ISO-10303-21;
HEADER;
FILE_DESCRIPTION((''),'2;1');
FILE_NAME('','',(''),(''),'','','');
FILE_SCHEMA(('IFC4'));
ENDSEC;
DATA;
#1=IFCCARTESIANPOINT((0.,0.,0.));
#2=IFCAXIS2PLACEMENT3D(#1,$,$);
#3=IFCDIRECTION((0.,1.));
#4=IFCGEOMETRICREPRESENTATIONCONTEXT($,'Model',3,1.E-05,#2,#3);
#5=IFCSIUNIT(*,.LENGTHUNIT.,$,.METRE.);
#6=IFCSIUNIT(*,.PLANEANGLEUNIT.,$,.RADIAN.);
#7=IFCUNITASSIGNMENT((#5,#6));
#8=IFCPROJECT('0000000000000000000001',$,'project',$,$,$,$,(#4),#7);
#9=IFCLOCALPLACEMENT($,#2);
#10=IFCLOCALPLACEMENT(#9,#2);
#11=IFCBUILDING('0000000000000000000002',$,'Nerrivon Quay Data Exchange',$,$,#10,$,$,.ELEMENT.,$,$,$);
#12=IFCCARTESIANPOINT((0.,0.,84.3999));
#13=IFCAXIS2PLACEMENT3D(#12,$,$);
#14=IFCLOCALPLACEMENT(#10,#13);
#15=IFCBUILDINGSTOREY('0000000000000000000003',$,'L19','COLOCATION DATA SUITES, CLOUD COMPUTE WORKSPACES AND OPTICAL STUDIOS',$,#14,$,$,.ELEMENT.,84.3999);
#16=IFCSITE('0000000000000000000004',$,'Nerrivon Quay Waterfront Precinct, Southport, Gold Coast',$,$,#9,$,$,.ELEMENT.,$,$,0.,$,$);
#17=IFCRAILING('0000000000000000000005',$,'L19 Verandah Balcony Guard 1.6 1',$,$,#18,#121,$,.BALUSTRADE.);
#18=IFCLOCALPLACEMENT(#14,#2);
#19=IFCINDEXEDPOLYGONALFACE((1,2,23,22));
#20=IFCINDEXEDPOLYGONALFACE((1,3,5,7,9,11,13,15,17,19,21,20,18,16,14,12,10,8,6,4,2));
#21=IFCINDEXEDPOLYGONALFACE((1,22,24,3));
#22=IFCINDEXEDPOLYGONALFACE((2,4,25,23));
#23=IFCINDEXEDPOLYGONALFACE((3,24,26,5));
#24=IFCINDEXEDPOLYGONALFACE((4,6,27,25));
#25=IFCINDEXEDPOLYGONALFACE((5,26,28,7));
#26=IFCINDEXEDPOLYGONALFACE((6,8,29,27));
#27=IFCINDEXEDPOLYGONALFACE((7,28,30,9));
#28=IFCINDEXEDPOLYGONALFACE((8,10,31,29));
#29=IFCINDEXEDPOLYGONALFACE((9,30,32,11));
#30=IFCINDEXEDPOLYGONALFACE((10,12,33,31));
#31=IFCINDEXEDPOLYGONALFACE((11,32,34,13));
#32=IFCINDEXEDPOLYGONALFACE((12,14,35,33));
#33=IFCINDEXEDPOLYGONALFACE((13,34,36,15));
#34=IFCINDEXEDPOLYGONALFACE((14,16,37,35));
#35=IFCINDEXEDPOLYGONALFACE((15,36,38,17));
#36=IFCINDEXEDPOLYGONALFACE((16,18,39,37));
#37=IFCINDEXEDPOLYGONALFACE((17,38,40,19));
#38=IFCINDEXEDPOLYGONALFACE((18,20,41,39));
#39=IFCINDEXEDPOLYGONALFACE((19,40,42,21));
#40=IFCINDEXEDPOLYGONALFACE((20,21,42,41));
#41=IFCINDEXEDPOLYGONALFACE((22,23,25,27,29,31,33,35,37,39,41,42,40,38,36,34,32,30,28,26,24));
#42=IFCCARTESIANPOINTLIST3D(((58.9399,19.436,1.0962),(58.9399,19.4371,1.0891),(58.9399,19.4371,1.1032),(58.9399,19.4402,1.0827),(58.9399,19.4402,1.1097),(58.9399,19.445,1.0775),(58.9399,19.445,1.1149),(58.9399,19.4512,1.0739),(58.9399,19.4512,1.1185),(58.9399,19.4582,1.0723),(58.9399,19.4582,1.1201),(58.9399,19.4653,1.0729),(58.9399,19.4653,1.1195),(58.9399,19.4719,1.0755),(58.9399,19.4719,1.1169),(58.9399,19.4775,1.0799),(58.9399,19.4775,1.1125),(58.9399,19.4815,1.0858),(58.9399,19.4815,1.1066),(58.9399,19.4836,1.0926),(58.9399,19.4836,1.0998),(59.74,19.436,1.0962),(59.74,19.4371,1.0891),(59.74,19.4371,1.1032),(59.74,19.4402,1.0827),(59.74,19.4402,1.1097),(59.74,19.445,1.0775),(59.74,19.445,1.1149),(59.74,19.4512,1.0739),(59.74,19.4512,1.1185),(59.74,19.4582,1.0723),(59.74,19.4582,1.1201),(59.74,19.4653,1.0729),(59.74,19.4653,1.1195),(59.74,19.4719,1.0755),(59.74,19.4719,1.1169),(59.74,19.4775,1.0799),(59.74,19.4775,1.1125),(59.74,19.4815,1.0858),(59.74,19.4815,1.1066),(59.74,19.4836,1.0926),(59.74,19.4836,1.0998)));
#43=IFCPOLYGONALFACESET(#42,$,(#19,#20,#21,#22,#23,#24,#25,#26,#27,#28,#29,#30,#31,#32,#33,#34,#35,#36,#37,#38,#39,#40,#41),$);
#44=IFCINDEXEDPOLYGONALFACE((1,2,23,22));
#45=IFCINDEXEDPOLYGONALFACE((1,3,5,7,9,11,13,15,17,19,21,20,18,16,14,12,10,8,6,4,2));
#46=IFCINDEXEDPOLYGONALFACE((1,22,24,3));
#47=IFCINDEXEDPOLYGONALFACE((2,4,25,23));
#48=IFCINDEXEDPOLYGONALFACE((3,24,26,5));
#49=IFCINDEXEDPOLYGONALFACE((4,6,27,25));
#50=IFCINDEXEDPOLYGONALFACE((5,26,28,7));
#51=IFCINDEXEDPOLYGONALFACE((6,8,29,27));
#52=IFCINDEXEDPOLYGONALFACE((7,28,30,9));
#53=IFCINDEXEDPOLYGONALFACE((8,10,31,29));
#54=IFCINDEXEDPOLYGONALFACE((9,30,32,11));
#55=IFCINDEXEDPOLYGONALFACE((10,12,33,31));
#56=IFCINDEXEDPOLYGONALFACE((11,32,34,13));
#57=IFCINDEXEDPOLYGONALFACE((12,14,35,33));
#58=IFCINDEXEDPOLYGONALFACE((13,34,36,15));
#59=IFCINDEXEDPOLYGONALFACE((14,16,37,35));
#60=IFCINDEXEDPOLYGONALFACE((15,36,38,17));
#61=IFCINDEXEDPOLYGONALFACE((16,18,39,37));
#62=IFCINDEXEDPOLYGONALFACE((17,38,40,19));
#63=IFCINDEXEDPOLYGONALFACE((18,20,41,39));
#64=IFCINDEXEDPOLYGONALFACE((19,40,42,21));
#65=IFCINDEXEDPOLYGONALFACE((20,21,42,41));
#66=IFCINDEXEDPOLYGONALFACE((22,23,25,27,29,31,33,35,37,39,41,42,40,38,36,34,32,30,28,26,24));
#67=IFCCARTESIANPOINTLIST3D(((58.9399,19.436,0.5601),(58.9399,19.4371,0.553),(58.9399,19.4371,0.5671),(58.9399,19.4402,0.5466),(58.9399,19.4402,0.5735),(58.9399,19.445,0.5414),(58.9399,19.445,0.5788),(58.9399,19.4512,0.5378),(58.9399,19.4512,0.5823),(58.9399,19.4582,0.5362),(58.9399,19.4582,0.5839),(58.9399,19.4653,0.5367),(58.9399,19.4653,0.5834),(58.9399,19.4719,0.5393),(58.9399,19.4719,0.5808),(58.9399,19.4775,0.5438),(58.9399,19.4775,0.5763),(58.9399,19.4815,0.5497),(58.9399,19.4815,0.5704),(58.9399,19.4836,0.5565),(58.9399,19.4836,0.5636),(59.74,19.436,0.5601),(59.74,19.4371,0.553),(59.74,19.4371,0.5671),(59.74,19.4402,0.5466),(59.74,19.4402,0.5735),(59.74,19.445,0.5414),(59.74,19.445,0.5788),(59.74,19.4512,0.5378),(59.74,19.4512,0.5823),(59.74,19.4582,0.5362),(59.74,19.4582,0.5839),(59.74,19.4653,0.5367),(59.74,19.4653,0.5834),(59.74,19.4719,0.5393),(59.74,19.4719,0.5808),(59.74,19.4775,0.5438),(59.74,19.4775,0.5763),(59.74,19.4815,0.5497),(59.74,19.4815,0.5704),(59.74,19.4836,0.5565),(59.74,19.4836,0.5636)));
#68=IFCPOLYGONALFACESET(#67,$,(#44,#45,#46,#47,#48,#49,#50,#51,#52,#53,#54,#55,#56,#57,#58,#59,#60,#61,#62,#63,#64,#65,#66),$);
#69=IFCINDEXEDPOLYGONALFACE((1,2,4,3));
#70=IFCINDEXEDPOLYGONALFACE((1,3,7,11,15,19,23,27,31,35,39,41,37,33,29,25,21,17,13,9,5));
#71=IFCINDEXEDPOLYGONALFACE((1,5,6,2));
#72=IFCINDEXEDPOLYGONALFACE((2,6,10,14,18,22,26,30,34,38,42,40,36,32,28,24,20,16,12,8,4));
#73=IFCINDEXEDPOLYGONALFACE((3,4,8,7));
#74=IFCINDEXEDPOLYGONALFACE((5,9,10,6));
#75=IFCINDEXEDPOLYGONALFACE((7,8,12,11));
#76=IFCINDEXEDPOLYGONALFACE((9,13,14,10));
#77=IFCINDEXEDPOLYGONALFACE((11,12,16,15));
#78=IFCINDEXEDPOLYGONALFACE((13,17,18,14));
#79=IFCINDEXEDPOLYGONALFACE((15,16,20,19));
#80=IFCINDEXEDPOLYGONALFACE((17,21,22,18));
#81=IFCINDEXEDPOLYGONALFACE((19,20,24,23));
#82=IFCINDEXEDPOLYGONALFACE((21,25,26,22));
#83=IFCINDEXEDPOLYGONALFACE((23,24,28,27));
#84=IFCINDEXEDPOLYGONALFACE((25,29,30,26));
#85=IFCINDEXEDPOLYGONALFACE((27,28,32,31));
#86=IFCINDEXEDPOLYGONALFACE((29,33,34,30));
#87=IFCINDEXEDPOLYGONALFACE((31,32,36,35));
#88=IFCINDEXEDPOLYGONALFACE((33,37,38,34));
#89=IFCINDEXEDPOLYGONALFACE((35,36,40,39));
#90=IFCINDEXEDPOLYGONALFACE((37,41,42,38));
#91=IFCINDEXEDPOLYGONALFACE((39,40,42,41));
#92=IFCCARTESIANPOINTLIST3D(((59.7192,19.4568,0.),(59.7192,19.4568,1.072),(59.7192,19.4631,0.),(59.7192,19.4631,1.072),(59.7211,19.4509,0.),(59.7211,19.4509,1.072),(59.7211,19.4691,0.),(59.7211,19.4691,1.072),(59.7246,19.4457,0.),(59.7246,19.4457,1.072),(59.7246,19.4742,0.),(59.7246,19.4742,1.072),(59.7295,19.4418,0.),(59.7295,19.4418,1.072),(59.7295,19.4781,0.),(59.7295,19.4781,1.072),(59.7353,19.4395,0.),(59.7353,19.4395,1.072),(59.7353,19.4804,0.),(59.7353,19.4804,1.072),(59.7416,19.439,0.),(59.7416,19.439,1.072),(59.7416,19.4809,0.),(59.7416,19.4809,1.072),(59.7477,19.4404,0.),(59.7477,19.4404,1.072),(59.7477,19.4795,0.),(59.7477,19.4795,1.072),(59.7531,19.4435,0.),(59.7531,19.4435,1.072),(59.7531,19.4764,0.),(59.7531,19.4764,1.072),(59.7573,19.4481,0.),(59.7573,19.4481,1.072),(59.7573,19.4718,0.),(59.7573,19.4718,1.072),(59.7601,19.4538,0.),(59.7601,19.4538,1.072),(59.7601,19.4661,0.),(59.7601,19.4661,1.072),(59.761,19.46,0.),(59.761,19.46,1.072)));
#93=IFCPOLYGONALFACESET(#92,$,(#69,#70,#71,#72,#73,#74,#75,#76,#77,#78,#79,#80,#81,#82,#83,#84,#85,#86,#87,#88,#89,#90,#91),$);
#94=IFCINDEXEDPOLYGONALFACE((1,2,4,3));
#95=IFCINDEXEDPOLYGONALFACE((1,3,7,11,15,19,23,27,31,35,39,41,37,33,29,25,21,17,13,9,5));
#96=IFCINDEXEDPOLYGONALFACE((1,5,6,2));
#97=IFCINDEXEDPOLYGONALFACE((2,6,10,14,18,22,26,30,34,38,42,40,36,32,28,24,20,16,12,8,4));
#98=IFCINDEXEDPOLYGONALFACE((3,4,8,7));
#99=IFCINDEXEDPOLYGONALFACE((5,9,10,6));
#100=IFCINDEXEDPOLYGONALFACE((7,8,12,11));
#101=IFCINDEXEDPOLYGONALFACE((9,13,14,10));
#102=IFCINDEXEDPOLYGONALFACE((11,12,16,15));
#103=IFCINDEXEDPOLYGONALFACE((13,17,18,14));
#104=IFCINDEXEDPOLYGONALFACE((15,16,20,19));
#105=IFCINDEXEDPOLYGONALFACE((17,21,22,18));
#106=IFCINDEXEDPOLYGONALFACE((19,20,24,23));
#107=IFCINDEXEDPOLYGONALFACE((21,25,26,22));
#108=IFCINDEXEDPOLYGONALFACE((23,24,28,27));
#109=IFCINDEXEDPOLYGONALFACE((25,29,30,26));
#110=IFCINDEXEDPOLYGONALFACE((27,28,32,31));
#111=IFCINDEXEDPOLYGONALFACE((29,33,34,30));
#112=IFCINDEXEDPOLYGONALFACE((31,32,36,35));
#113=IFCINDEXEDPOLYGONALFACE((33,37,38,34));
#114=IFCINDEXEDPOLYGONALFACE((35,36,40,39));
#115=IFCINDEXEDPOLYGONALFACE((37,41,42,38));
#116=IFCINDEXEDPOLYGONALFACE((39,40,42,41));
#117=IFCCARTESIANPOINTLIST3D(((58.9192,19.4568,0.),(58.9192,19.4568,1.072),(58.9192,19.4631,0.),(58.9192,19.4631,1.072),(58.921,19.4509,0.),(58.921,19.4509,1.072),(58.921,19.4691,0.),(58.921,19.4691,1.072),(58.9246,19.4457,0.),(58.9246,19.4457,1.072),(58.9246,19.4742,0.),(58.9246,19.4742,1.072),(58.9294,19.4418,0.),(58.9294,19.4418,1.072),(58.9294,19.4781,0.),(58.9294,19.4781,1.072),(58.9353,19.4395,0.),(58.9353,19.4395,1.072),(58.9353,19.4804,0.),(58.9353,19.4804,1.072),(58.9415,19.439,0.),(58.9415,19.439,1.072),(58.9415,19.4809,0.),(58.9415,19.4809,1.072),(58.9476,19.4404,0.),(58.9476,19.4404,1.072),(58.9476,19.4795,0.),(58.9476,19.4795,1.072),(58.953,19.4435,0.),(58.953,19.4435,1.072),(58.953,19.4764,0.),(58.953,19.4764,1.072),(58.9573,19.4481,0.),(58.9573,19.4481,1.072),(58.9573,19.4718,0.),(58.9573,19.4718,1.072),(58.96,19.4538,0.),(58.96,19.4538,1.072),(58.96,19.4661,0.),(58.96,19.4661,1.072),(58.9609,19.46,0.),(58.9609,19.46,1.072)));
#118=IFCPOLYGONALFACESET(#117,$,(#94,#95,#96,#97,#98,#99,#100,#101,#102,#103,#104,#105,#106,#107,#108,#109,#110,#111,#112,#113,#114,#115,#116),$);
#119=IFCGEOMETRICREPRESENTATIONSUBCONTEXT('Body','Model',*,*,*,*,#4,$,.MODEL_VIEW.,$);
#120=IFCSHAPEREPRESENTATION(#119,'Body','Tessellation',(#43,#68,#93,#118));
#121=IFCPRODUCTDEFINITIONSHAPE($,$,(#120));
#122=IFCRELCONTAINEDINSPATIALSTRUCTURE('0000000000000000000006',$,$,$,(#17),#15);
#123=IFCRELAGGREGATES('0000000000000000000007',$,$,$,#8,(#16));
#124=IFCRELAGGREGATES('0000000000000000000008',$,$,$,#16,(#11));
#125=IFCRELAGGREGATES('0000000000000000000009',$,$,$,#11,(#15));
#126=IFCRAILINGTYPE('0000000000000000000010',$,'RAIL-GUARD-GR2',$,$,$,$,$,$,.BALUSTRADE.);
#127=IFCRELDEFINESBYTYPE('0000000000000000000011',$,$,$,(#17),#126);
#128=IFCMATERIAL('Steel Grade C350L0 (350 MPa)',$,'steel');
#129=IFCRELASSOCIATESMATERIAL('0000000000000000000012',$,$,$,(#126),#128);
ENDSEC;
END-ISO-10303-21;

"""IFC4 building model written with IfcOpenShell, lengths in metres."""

from ifc_helpers import new_model, si_unit, direction, frame, origin, origin_2d, place, context, subcontext, project, spatial, circle, extrude, material, type_object, element, save


model = new_model("IFC4")

# Units and contexts
model_context = context("Model", 3, precision=1e-05, world=origin(), true_north=direction((0.0, 1.0)))
body_context = subcontext(model_context, "Body", "Model", "MODEL_VIEW")
ifc_project = project(units=[si_unit("LENGTHUNIT", "METRE"), si_unit("PLANEANGLEUNIT", "RADIAN")], contexts=[model_context])

# Site, building, storey
site_placement = place(None, origin())
site = spatial("IfcSite", under=ifc_project, at=site_placement, Name="Nerrivon Quay Waterfront Precinct, Southport, Gold Coast", CompositionType="ELEMENT", RefElevation=0.0)
building_placement = place(site_placement, origin())
building = spatial("IfcBuilding", under=site, at=building_placement, Name="Nerrivon Quay Data Exchange", CompositionType="ELEMENT")
storey_placement = place(building_placement, frame((0.0, 0.0, 84.3999)))
storey = spatial("IfcBuildingStorey", under=building, at=storey_placement, Name="L19", Description="COLOCATION DATA SUITES, CLOUD COMPUTE WORKSPACES AND OPTICAL STUDIOS", CompositionType="ELEMENT", Elevation=84.3999)

# Railing
ifc_material_1 = material(Name="Steel Grade C350L0 (350 MPa)", Category="steel")
railing_type = type_object("IfcRailingType", Name="RAIL-GUARD-GR2", PredefinedType="BALUSTRADE", material=ifc_material_1)
railing_1_placement = place(storey_placement, frame((59.74, 19.46, 0.0)))
element("IfcRailing", 1, at=railing_1_placement, inside=storey, type_object=railing_type, Name="L19 Verandah Balcony Guard 1.6 1", PredefinedType="BALUSTRADE", context=body_context, shape_type="SweptSolid", body=[
    extrude(circle(Radius=0.0239, at=origin_2d()), frame((0.0, 0.0, 1.0962), z_axis=(-1.0, 0.0, 0.0), x_axis=(0.0, -1.0, 0.0)), (0.0, 0.0, 1.0), 0.8),
    extrude(circle(Radius=0.0239, at=origin_2d()), frame((0.0, 0.0, 0.5601), z_axis=(-1.0, 0.0, 0.0), x_axis=(0.0, -1.0, 0.0)), (0.0, 0.0, 1.0), 0.8),
    extrude(circle(Radius=0.021, at=origin_2d()), origin(), (0.0, 0.0, 1.0), 1.072),
    extrude(circle(Radius=0.021, at=origin_2d()), frame((-0.8, 0.0, 0.0)), (0.0, 0.0, 1.0), 1.072),
])

save(model, "model.ifc")
